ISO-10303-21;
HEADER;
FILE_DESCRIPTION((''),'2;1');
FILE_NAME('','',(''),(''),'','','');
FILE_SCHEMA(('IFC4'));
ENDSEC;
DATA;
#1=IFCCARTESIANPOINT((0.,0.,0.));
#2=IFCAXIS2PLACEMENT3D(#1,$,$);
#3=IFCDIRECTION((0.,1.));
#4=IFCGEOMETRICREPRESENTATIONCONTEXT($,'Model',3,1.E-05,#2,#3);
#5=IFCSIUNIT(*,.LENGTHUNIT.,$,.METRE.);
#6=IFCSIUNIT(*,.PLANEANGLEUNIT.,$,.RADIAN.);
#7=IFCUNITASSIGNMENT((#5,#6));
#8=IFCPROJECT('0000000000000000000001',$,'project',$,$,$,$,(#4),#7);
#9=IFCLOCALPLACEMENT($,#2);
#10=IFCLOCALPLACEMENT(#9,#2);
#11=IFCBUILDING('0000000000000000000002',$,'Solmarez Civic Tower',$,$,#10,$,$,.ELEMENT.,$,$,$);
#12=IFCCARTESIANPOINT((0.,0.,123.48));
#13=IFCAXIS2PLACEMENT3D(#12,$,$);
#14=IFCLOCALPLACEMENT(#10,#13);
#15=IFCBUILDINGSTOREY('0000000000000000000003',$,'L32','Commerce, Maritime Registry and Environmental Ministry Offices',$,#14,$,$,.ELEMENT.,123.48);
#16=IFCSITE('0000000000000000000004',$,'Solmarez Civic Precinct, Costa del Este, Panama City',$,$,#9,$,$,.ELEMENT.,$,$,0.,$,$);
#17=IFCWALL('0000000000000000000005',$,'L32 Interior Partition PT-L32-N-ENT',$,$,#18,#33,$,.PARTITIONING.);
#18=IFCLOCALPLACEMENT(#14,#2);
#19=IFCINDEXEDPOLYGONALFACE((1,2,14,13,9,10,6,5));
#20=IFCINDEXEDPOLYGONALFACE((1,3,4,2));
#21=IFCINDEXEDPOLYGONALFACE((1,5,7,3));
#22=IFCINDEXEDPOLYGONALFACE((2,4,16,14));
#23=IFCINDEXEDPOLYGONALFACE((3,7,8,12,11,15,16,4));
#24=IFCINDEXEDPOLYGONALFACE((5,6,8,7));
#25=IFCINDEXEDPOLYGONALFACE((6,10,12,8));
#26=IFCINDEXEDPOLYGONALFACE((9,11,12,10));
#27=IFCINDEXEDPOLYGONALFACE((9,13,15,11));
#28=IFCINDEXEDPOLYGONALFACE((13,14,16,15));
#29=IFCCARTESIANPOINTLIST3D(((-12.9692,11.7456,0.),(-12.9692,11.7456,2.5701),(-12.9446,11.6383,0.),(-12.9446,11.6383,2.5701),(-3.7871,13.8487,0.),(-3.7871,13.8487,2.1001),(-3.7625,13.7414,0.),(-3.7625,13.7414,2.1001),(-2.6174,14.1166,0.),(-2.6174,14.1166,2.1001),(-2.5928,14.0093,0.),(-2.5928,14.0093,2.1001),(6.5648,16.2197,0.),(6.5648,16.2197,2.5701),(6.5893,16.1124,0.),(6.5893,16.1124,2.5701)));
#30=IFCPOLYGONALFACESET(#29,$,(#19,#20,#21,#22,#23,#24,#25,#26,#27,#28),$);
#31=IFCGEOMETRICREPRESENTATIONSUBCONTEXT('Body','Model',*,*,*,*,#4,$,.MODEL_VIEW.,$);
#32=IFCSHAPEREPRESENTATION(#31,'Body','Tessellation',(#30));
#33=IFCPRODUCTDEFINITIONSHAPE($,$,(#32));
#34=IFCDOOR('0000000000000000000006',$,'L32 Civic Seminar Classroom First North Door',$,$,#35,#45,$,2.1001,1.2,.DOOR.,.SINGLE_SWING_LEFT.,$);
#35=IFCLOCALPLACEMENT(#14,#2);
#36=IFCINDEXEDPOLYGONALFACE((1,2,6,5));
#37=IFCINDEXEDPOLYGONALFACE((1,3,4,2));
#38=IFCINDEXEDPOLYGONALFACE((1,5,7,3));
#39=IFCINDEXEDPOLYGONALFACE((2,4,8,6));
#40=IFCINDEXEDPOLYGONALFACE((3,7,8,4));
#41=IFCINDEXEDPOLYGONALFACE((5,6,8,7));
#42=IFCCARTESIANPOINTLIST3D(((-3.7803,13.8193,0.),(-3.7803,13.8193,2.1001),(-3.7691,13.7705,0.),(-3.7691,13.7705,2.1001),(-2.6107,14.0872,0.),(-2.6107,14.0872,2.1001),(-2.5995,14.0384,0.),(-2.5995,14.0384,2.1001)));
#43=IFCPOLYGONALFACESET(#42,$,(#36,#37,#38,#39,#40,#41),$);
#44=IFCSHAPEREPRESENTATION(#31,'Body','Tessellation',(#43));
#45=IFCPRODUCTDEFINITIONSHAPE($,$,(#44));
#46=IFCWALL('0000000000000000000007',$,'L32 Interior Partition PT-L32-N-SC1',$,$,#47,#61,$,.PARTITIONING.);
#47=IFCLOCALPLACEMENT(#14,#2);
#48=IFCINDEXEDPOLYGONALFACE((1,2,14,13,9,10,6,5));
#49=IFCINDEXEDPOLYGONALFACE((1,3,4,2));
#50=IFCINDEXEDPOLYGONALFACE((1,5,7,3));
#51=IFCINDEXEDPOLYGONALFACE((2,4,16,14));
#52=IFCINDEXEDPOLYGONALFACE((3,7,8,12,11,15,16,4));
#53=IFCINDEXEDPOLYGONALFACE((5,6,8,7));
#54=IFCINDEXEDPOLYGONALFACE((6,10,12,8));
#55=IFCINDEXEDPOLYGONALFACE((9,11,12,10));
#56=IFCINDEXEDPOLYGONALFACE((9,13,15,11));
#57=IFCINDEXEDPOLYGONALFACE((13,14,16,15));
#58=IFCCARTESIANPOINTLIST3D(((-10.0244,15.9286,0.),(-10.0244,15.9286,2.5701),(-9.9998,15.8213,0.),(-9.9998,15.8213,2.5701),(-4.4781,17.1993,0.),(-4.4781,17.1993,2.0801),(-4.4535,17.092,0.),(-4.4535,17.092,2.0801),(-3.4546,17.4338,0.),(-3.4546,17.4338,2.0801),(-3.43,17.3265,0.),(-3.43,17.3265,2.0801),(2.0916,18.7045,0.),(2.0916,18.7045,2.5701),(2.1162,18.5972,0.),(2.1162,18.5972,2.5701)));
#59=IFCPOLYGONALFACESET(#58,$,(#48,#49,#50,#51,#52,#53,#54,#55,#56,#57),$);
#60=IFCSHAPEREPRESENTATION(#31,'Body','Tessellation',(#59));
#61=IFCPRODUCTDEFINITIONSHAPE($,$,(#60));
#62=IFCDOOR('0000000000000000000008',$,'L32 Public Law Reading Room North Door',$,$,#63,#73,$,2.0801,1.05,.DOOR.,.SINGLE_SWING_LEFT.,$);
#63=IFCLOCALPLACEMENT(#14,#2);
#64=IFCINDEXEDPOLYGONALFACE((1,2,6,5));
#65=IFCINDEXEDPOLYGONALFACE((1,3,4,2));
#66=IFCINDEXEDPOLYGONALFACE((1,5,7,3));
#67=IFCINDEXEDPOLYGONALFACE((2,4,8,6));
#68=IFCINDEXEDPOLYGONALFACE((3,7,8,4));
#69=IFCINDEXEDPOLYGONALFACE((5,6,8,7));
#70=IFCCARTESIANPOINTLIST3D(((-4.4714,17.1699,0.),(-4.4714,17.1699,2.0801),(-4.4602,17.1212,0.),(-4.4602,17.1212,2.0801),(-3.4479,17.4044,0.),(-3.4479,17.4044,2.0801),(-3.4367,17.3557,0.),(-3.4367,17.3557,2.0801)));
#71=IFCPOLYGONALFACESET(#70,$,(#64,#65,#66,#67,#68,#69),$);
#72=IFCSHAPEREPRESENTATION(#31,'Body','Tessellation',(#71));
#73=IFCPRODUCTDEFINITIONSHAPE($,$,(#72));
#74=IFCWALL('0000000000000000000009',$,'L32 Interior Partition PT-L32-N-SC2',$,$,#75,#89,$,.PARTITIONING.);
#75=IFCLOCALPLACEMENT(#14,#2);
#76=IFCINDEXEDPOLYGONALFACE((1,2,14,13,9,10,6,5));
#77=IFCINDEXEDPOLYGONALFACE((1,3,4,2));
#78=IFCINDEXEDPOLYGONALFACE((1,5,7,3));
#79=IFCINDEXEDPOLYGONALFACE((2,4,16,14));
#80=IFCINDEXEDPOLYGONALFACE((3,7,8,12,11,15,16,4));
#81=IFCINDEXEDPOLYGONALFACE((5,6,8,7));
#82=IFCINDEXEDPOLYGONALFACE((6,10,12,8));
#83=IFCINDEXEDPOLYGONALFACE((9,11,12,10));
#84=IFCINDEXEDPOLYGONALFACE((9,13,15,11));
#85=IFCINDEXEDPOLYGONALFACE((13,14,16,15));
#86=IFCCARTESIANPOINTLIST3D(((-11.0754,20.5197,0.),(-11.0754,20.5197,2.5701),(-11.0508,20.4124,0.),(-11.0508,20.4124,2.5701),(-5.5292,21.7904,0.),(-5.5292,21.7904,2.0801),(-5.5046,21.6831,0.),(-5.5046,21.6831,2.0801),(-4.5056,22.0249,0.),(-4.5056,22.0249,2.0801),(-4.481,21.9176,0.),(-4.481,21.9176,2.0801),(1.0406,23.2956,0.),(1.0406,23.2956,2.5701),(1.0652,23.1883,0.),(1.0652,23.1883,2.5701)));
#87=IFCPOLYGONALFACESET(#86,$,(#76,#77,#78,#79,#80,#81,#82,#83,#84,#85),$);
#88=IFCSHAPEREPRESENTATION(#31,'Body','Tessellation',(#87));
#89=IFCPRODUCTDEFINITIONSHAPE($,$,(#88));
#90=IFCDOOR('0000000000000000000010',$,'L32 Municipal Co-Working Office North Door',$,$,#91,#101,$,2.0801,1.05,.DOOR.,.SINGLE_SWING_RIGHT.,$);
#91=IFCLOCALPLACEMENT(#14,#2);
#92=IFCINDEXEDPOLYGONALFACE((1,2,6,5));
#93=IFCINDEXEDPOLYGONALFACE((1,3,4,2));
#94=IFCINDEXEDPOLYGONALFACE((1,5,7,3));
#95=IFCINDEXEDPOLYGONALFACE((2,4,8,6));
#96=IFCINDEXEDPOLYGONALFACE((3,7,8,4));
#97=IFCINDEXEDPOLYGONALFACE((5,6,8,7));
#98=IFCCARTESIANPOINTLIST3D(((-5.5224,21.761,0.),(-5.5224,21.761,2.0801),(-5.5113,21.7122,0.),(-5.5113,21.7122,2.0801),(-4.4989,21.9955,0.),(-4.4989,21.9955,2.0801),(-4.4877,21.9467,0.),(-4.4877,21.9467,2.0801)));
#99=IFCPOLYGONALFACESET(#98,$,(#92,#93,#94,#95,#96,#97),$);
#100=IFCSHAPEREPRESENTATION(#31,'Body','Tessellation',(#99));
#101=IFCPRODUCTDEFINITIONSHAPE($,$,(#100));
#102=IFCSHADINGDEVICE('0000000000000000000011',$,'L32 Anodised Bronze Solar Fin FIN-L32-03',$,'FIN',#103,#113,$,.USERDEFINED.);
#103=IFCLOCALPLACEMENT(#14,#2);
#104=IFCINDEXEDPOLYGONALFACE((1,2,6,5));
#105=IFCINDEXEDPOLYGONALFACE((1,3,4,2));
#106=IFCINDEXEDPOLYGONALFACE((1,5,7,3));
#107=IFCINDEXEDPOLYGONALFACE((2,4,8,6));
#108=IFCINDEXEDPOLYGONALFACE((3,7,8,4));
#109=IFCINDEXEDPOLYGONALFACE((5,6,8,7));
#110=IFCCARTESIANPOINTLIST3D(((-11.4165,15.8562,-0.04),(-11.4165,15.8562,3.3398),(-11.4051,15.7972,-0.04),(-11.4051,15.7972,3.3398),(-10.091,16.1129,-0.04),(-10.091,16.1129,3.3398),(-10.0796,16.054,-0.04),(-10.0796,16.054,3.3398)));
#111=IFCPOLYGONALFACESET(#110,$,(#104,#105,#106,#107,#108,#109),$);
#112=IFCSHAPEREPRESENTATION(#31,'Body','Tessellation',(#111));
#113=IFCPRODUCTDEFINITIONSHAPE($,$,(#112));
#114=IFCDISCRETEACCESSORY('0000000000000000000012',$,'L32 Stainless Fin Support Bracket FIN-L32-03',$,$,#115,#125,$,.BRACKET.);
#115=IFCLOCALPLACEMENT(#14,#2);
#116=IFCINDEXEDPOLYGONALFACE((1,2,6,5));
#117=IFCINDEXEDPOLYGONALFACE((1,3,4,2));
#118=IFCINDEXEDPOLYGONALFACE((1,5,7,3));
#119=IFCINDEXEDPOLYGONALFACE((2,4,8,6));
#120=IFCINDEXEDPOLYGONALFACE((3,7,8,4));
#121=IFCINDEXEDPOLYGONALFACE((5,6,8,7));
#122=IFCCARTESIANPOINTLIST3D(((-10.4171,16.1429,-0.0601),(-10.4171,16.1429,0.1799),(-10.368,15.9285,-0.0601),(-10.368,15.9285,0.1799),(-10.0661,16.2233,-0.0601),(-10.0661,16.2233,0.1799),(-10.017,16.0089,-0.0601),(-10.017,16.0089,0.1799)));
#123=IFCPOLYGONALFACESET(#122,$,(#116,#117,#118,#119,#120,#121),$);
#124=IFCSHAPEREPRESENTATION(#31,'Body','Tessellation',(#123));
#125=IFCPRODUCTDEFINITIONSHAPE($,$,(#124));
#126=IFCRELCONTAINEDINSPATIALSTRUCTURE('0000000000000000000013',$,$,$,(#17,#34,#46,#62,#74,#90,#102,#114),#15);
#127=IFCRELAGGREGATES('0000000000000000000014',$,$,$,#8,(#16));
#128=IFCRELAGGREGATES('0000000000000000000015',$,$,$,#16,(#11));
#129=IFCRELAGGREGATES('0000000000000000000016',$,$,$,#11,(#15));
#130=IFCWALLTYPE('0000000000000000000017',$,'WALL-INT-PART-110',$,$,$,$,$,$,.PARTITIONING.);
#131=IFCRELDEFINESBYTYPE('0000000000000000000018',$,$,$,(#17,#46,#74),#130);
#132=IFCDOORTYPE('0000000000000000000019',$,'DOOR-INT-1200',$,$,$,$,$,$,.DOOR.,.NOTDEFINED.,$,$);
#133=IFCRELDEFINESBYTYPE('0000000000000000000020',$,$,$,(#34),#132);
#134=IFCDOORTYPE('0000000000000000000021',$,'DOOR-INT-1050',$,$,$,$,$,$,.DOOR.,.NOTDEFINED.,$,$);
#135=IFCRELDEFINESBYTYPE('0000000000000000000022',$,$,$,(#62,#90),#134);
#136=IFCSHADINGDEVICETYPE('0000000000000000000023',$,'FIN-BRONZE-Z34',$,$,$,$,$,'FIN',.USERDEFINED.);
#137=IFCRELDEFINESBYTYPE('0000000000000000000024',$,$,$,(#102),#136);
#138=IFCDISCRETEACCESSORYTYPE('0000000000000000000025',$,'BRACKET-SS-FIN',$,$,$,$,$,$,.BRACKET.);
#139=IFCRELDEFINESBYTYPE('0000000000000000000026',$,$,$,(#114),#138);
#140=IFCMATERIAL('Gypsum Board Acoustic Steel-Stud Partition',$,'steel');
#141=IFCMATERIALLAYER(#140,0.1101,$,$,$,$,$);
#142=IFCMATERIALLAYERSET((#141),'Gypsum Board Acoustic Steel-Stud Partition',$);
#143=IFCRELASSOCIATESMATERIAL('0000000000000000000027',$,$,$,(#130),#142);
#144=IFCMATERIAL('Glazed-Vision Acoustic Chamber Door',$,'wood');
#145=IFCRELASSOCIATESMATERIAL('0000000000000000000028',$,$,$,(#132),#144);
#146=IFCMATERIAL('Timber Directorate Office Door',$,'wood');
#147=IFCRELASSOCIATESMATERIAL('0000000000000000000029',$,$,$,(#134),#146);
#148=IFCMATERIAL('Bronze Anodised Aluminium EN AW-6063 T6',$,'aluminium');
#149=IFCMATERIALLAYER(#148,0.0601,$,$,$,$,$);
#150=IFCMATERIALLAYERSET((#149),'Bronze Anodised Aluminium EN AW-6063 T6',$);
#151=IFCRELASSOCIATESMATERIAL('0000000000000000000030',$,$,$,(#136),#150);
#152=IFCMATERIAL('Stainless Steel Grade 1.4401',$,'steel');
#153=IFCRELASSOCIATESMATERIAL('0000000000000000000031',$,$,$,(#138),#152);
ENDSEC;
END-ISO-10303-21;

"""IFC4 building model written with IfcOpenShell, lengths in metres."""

from ifc_helpers import new_model, si_unit, direction, frame, frame_2d, origin, origin_2d, place, context, subcontext, project, spatial, rectangle, extrude, material, layer, layer_set, type_object, element, fill, save


model = new_model("IFC4")

# Units and contexts
model_context = context("Model", 3, precision=1e-05, world=origin(), true_north=direction((0.0, 1.0)))
body_context = subcontext(model_context, "Body", "Model", "MODEL_VIEW")
ifc_project = project(units=[si_unit("LENGTHUNIT", "METRE"), si_unit("PLANEANGLEUNIT", "RADIAN")], contexts=[model_context])

# Site, building, storey
site_placement = place(None, origin())
site = spatial("IfcSite", under=ifc_project, at=site_placement, Name="Solmarez Civic Precinct, Costa del Este, Panama City", CompositionType="ELEMENT", RefElevation=0.0)
building_placement = place(site_placement, origin())
building = spatial("IfcBuilding", under=site, at=building_placement, Name="Solmarez Civic Tower", CompositionType="ELEMENT")
storey_placement = place(building_placement, frame((0.0, 0.0, 123.48)))
storey = spatial("IfcBuildingStorey", under=building, at=storey_placement, Name="L32", Description="Commerce, Maritime Registry and Environmental Ministry Offices", CompositionType="ELEMENT", Elevation=123.48)

# Walls, openings, doors
ifc_material_1 = material(Name="Gypsum Board Acoustic Steel-Stud Partition", Category="steel")
ifc_layer_1 = layer(ifc_material_1, 0.1101)
ifc_layer_set_1 = layer_set([ifc_layer_1], Name="Gypsum Board Acoustic Steel-Stud Partition")
wall_type_1 = type_object("IfcWallType", Name="WALL-INT-PART-110", PredefinedType="PARTITIONING", material=ifc_layer_set_1)
wall_1_placement = place(storey_placement, frame((-12.957, 11.6919, 0.0), z_axis=(0.0, 0.0, 1.0), x_axis=(0.974758, 0.223262, 0.0)))
wall_1 = element("IfcWall", 1, at=wall_1_placement, inside=storey, type_object=wall_type_1, Name="L32 Interior Partition PT-L32-N-ENT", PredefinedType="PARTITIONING", context=body_context, shape_type="SweptSolid", body=[
    extrude(rectangle(XDim=20.0398, YDim=0.1101, at=frame_2d((10.02, 0.0))), origin(), (0.0, 0.0, 1.0), 2.5701),
])
opening_1_placement = place(wall_1_placement, frame((9.4199, 0.0, 0.0)))
opening_1 = element("IfcOpeningElement", 2, at=opening_1_placement, cuts=wall_1, PredefinedType="OPENING", context=body_context, shape_type="SweptSolid", body=[
    extrude(rectangle(XDim=1.2, YDim=2.1001, at=frame_2d((0.6001, 1.05))), frame((0.0, 0.0649, 0.0), z_axis=(0.0, -1.0, 0.0), x_axis=(1.0, 0.0, 0.0)), (0.0, 0.0, 1.0), 0.1301),
])
ifc_material_2 = material(Name="Glazed-Vision Acoustic Chamber Door", Category="wood")
door_type_1 = type_object("IfcDoorType", Name="DOOR-INT-1200", OperationType="NOTDEFINED", PredefinedType="DOOR", material=ifc_material_2)
door_1_placement = place(opening_1_placement, origin())
door_1 = element("IfcDoor", 3, at=door_1_placement, inside=storey, type_object=door_type_1, Name="L32 Civic Seminar Classroom First North Door", OperationType="SINGLE_SWING_LEFT", OverallHeight=2.1001, OverallWidth=1.2, PredefinedType="DOOR", context=body_context, shape_type="SweptSolid", body=[
    extrude(rectangle(XDim=1.2, YDim=2.1001, at=frame_2d((0.6001, 1.05))), frame((0.0, 0.0249, 0.0), z_axis=(0.0, -1.0, 0.0), x_axis=(1.0, 0.0, 0.0)), (0.0, 0.0, 1.0), 0.05),
])
fill(opening_1, door_1)
wall_2_placement = place(storey_placement, frame((-10.012, 15.875, 0.0), z_axis=(0.0, 0.0, 1.0), x_axis=(0.974745, 0.223323, 0.0)))
wall_2 = element("IfcWall", 4, at=wall_2_placement, inside=storey, type_object=wall_type_1, Name="L32 Interior Partition PT-L32-N-SC1", PredefinedType="PARTITIONING", context=body_context, shape_type="SweptSolid", body=[
    extrude(rectangle(XDim=12.4299, YDim=0.1101, at=frame_2d((6.2148, 0.0))), origin(), (0.0, 0.0, 1.0), 2.5701),
])
opening_2_placement = place(wall_2_placement, frame((5.6899, 0.0, 0.0)))
opening_2 = element("IfcOpeningElement", 5, at=opening_2_placement, cuts=wall_2, PredefinedType="OPENING", context=body_context, shape_type="SweptSolid", body=[
    extrude(rectangle(XDim=1.05, YDim=2.0801, at=frame_2d((0.5249, 1.04))), frame((0.0, 0.0649, 0.0), z_axis=(0.0, -1.0, 0.0), x_axis=(1.0, 0.0, 0.0)), (0.0, 0.0, 1.0), 0.1301),
])
ifc_material_3 = material(Name="Timber Directorate Office Door", Category="wood")
door_type_2 = type_object("IfcDoorType", Name="DOOR-INT-1050", OperationType="NOTDEFINED", PredefinedType="DOOR", material=ifc_material_3)
door_2_placement = place(opening_2_placement, origin())
door_2 = element("IfcDoor", 6, at=door_2_placement, inside=storey, type_object=door_type_2, Name="L32 Public Law Reading Room North Door", OperationType="SINGLE_SWING_LEFT", OverallHeight=2.0801, OverallWidth=1.05, PredefinedType="DOOR", context=body_context, shape_type="SweptSolid", body=[
    extrude(rectangle(XDim=1.05, YDim=2.0801, at=frame_2d((0.5249, 1.04))), frame((0.0, 0.0249, 0.0), z_axis=(0.0, -1.0, 0.0), x_axis=(1.0, 0.0, 0.0)), (0.0, 0.0, 1.0), 0.05),
])
fill(opening_2, door_2)
wall_3_placement = place(storey_placement, frame((-11.063, 20.4661, 0.0), z_axis=(0.0, 0.0, 1.0), x_axis=(0.974745, 0.223323, 0.0)))
wall_3 = element("IfcWall", 7, at=wall_3_placement, inside=storey, type_object=wall_type_1, Name="L32 Interior Partition PT-L32-N-SC2", PredefinedType="PARTITIONING", context=body_context, shape_type="SweptSolid", body=[
    extrude(rectangle(XDim=12.4299, YDim=0.1101, at=frame_2d((6.2148, 0.0))), origin(), (0.0, 0.0, 1.0), 2.5701),
])
opening_3_placement = place(wall_3_placement, frame((5.6899, 0.0, 0.0)))
opening_3 = element("IfcOpeningElement", 8, at=opening_3_placement, cuts=wall_3, PredefinedType="OPENING", context=body_context, shape_type="SweptSolid", body=[
    extrude(rectangle(XDim=1.05, YDim=2.0801, at=frame_2d((0.5249, 1.04))), frame((0.0, 0.0649, 0.0), z_axis=(0.0, -1.0, 0.0), x_axis=(1.0, 0.0, 0.0)), (0.0, 0.0, 1.0), 0.1301),
])
door_3_placement = place(opening_3_placement, origin())
door_3 = element("IfcDoor", 9, at=door_3_placement, inside=storey, type_object=door_type_2, Name="L32 Municipal Co-Working Office North Door", OperationType="SINGLE_SWING_RIGHT", OverallHeight=2.0801, OverallWidth=1.05, PredefinedType="DOOR", context=body_context, shape_type="SweptSolid", body=[
    extrude(rectangle(XDim=1.05, YDim=2.0801, at=frame_2d((0.5249, 1.04))), frame((0.0, 0.0249, 0.0), z_axis=(0.0, -1.0, 0.0), x_axis=(1.0, 0.0, 0.0)), (0.0, 0.0, 1.0), 0.05),
])
fill(opening_3, door_3)

# Shading device
ifc_material_4 = material(Name="Bronze Anodised Aluminium EN AW-6063 T6", Category="aluminium")
ifc_layer_2 = layer(ifc_material_4, 0.0601)
ifc_layer_set_2 = layer_set([ifc_layer_2], Name="Bronze Anodised Aluminium EN AW-6063 T6")
shading_device_type = type_object("IfcShadingDeviceType", Name="FIN-BRONZE-Z34", ElementType="FIN", PredefinedType="USERDEFINED", material=ifc_layer_set_2)
shading_device_placement = place(storey_placement, frame((-10.748, 15.9551, -0.04), z_axis=(0.0, 0.0, 1.0), x_axis=(-0.981747, -0.190192, 0.0)))
element("IfcShadingDevice", 10, at=shading_device_placement, inside=storey, type_object=shading_device_type, Name="L32 Anodised Bronze Solar Fin FIN-L32-03", ObjectType="FIN", PredefinedType="USERDEFINED", context=body_context, shape_type="SweptSolid", body=[
    extrude(rectangle(XDim=1.3501, YDim=0.0601, at=origin_2d()), origin(), (0.0, 0.0, 1.0), 3.3799),
])

# Discrete accessory
ifc_material_5 = material(Name="Stainless Steel Grade 1.4401", Category="steel")
discrete_accessory_type = type_object("IfcDiscreteAccessoryType", Name="BRACKET-SS-FIN", PredefinedType="BRACKET", material=ifc_material_5)
discrete_accessory_placement = place(storey_placement, frame((-10.217, 16.0759, -0.0601), z_axis=(0.0, 0.0, 1.0), x_axis=(-0.974763, -0.223242, 0.0)))
element("IfcDiscreteAccessory", 11, at=discrete_accessory_placement, inside=storey, type_object=discrete_accessory_type, Name="L32 Stainless Fin Support Bracket FIN-L32-03", PredefinedType="BRACKET", context=body_context, shape_type="SweptSolid", body=[
    extrude(rectangle(XDim=0.3601, YDim=0.22, at=origin_2d()), origin(), (0.0, 0.0, 1.0), 0.24),
])

save(model, "model.ifc")
